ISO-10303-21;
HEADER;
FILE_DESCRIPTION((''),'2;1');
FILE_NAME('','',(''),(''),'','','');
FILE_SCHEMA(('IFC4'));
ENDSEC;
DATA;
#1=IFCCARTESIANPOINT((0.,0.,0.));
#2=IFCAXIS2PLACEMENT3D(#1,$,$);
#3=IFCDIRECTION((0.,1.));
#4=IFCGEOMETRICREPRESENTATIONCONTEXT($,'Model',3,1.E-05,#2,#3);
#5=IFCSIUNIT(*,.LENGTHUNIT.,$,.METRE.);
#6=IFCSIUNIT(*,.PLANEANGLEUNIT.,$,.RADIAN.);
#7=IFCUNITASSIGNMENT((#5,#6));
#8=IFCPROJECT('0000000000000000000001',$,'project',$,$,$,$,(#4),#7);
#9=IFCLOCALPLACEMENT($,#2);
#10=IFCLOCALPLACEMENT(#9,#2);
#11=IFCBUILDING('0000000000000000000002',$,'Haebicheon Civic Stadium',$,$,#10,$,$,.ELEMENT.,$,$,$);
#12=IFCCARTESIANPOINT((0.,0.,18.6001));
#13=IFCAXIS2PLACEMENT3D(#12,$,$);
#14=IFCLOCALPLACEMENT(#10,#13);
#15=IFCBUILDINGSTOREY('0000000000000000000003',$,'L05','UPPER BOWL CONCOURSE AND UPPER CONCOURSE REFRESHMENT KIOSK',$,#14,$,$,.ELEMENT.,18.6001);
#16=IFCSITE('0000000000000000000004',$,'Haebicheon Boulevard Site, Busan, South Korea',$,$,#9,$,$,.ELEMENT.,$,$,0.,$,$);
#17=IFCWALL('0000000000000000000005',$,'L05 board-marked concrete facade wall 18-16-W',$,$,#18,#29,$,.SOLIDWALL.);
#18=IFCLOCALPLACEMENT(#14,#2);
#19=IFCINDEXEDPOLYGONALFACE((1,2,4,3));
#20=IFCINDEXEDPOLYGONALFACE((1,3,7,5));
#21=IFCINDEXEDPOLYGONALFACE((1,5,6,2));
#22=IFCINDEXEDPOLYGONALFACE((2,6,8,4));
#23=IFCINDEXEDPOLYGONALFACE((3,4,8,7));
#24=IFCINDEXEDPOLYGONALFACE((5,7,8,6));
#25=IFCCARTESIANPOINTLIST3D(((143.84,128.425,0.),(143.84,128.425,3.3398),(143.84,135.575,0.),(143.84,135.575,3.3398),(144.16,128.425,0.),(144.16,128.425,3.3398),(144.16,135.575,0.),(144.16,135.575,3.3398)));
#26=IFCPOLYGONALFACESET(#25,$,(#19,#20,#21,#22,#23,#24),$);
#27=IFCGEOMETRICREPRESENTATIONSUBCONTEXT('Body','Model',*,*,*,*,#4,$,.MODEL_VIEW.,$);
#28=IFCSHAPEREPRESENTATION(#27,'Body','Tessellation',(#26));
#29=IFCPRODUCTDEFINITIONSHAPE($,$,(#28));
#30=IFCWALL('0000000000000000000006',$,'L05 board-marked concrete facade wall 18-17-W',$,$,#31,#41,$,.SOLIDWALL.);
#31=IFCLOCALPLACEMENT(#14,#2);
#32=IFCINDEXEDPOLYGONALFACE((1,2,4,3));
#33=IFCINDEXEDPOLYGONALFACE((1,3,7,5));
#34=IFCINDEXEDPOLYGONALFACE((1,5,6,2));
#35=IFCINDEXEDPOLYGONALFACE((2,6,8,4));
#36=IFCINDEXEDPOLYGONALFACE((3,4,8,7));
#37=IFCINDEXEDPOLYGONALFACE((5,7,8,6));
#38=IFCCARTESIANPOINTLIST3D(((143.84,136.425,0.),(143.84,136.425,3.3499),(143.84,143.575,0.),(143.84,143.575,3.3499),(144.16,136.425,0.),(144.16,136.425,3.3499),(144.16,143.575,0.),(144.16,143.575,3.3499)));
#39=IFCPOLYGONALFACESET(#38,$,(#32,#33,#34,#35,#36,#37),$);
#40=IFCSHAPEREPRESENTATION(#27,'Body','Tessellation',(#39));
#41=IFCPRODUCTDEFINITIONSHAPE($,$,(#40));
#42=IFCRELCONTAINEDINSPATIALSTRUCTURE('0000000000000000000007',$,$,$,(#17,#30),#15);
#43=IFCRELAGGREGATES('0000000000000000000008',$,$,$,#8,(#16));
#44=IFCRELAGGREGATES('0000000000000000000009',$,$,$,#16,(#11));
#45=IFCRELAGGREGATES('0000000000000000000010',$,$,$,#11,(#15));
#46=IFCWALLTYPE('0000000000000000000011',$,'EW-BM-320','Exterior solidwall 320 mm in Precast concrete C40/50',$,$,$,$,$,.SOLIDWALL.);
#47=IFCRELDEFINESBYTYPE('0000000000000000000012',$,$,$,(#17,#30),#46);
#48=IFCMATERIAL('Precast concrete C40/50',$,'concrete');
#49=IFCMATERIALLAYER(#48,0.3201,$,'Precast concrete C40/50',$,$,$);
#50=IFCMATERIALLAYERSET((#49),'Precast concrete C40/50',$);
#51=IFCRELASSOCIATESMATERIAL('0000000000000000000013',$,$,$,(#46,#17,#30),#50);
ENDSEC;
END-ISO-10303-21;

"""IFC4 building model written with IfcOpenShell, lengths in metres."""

from ifc_helpers import new_model, si_unit, direction, frame, frame_2d, origin, place, context, subcontext, project, spatial, rectangle, extrude, material, layer, layer_set, type_object, element, save


model = new_model("IFC4")

# Units and contexts
model_context = context("Model", 3, precision=1e-05, world=origin(), true_north=direction((0.0, 1.0)))
body_context = subcontext(model_context, "Body", "Model", "MODEL_VIEW")
ifc_project = project(units=[si_unit("LENGTHUNIT", "METRE"), si_unit("PLANEANGLEUNIT", "RADIAN")], contexts=[model_context])

# Site, building, storey
site_placement = place(None, origin())
site = spatial("IfcSite", under=ifc_project, at=site_placement, Name="Haebicheon Boulevard Site, Busan, South Korea", CompositionType="ELEMENT", RefElevation=0.0)
building_placement = place(site_placement, origin())
building = spatial("IfcBuilding", under=site, at=building_placement, Name="Haebicheon Civic Stadium", CompositionType="ELEMENT")
storey_placement = place(building_placement, frame((0.0, 0.0, 18.6001)))
storey = spatial("IfcBuildingStorey", under=building, at=storey_placement, Name="L05", Description="UPPER BOWL CONCOURSE AND UPPER CONCOURSE REFRESHMENT KIOSK", CompositionType="ELEMENT", Elevation=18.6001)

# Walls
ifc_material_1 = material(Name="Precast concrete C40/50", Category="concrete")
ifc_layer = layer(ifc_material_1, 0.3201, Name="Precast concrete C40/50")
ifc_layer_set = layer_set([ifc_layer], Name="Precast concrete C40/50")
wall_type = type_object("IfcWallType", Name="EW-BM-320", Description="Exterior solidwall 320 mm in Precast concrete C40/50", PredefinedType="SOLIDWALL", material=ifc_layer_set)
for number, where, z_axis, x_axis, name in (
    (1, (144.0, 128.425, 0.0), (0.0, 0.0, 1.0), (0.0, 1.0, 0.0), "L05 board-marked concrete facade wall 18-16-W"),
):
    element("IfcWall", number, at=place(storey_placement, frame(where, z_axis=z_axis, x_axis=x_axis)), inside=storey, type_object=wall_type, material=ifc_layer_set, Name=name, PredefinedType="SOLIDWALL", context=body_context, shape_type="SweptSolid", body=[
        extrude(rectangle(XDim=7.1499, YDim=0.3201, at=frame_2d((3.575, 0.0))), origin(), (0.0, 0.0, 1.0), 3.3398),
    ])
wall_placement = place(storey_placement, frame((144.0, 136.425, 0.0), z_axis=(0.0, 0.0, 1.0), x_axis=(0.0, 1.0, 0.0)))
element("IfcWall", 2, at=wall_placement, inside=storey, type_object=wall_type, material=ifc_layer_set, Name="L05 board-marked concrete facade wall 18-17-W", PredefinedType="SOLIDWALL", context=body_context, shape_type="SweptSolid", body=[
    extrude(rectangle(XDim=7.1499, YDim=0.3201, at=frame_2d((3.575, 0.0))), origin(), (0.0, 0.0, 1.0), 3.3499),
])

save(model, "model.ifc")
